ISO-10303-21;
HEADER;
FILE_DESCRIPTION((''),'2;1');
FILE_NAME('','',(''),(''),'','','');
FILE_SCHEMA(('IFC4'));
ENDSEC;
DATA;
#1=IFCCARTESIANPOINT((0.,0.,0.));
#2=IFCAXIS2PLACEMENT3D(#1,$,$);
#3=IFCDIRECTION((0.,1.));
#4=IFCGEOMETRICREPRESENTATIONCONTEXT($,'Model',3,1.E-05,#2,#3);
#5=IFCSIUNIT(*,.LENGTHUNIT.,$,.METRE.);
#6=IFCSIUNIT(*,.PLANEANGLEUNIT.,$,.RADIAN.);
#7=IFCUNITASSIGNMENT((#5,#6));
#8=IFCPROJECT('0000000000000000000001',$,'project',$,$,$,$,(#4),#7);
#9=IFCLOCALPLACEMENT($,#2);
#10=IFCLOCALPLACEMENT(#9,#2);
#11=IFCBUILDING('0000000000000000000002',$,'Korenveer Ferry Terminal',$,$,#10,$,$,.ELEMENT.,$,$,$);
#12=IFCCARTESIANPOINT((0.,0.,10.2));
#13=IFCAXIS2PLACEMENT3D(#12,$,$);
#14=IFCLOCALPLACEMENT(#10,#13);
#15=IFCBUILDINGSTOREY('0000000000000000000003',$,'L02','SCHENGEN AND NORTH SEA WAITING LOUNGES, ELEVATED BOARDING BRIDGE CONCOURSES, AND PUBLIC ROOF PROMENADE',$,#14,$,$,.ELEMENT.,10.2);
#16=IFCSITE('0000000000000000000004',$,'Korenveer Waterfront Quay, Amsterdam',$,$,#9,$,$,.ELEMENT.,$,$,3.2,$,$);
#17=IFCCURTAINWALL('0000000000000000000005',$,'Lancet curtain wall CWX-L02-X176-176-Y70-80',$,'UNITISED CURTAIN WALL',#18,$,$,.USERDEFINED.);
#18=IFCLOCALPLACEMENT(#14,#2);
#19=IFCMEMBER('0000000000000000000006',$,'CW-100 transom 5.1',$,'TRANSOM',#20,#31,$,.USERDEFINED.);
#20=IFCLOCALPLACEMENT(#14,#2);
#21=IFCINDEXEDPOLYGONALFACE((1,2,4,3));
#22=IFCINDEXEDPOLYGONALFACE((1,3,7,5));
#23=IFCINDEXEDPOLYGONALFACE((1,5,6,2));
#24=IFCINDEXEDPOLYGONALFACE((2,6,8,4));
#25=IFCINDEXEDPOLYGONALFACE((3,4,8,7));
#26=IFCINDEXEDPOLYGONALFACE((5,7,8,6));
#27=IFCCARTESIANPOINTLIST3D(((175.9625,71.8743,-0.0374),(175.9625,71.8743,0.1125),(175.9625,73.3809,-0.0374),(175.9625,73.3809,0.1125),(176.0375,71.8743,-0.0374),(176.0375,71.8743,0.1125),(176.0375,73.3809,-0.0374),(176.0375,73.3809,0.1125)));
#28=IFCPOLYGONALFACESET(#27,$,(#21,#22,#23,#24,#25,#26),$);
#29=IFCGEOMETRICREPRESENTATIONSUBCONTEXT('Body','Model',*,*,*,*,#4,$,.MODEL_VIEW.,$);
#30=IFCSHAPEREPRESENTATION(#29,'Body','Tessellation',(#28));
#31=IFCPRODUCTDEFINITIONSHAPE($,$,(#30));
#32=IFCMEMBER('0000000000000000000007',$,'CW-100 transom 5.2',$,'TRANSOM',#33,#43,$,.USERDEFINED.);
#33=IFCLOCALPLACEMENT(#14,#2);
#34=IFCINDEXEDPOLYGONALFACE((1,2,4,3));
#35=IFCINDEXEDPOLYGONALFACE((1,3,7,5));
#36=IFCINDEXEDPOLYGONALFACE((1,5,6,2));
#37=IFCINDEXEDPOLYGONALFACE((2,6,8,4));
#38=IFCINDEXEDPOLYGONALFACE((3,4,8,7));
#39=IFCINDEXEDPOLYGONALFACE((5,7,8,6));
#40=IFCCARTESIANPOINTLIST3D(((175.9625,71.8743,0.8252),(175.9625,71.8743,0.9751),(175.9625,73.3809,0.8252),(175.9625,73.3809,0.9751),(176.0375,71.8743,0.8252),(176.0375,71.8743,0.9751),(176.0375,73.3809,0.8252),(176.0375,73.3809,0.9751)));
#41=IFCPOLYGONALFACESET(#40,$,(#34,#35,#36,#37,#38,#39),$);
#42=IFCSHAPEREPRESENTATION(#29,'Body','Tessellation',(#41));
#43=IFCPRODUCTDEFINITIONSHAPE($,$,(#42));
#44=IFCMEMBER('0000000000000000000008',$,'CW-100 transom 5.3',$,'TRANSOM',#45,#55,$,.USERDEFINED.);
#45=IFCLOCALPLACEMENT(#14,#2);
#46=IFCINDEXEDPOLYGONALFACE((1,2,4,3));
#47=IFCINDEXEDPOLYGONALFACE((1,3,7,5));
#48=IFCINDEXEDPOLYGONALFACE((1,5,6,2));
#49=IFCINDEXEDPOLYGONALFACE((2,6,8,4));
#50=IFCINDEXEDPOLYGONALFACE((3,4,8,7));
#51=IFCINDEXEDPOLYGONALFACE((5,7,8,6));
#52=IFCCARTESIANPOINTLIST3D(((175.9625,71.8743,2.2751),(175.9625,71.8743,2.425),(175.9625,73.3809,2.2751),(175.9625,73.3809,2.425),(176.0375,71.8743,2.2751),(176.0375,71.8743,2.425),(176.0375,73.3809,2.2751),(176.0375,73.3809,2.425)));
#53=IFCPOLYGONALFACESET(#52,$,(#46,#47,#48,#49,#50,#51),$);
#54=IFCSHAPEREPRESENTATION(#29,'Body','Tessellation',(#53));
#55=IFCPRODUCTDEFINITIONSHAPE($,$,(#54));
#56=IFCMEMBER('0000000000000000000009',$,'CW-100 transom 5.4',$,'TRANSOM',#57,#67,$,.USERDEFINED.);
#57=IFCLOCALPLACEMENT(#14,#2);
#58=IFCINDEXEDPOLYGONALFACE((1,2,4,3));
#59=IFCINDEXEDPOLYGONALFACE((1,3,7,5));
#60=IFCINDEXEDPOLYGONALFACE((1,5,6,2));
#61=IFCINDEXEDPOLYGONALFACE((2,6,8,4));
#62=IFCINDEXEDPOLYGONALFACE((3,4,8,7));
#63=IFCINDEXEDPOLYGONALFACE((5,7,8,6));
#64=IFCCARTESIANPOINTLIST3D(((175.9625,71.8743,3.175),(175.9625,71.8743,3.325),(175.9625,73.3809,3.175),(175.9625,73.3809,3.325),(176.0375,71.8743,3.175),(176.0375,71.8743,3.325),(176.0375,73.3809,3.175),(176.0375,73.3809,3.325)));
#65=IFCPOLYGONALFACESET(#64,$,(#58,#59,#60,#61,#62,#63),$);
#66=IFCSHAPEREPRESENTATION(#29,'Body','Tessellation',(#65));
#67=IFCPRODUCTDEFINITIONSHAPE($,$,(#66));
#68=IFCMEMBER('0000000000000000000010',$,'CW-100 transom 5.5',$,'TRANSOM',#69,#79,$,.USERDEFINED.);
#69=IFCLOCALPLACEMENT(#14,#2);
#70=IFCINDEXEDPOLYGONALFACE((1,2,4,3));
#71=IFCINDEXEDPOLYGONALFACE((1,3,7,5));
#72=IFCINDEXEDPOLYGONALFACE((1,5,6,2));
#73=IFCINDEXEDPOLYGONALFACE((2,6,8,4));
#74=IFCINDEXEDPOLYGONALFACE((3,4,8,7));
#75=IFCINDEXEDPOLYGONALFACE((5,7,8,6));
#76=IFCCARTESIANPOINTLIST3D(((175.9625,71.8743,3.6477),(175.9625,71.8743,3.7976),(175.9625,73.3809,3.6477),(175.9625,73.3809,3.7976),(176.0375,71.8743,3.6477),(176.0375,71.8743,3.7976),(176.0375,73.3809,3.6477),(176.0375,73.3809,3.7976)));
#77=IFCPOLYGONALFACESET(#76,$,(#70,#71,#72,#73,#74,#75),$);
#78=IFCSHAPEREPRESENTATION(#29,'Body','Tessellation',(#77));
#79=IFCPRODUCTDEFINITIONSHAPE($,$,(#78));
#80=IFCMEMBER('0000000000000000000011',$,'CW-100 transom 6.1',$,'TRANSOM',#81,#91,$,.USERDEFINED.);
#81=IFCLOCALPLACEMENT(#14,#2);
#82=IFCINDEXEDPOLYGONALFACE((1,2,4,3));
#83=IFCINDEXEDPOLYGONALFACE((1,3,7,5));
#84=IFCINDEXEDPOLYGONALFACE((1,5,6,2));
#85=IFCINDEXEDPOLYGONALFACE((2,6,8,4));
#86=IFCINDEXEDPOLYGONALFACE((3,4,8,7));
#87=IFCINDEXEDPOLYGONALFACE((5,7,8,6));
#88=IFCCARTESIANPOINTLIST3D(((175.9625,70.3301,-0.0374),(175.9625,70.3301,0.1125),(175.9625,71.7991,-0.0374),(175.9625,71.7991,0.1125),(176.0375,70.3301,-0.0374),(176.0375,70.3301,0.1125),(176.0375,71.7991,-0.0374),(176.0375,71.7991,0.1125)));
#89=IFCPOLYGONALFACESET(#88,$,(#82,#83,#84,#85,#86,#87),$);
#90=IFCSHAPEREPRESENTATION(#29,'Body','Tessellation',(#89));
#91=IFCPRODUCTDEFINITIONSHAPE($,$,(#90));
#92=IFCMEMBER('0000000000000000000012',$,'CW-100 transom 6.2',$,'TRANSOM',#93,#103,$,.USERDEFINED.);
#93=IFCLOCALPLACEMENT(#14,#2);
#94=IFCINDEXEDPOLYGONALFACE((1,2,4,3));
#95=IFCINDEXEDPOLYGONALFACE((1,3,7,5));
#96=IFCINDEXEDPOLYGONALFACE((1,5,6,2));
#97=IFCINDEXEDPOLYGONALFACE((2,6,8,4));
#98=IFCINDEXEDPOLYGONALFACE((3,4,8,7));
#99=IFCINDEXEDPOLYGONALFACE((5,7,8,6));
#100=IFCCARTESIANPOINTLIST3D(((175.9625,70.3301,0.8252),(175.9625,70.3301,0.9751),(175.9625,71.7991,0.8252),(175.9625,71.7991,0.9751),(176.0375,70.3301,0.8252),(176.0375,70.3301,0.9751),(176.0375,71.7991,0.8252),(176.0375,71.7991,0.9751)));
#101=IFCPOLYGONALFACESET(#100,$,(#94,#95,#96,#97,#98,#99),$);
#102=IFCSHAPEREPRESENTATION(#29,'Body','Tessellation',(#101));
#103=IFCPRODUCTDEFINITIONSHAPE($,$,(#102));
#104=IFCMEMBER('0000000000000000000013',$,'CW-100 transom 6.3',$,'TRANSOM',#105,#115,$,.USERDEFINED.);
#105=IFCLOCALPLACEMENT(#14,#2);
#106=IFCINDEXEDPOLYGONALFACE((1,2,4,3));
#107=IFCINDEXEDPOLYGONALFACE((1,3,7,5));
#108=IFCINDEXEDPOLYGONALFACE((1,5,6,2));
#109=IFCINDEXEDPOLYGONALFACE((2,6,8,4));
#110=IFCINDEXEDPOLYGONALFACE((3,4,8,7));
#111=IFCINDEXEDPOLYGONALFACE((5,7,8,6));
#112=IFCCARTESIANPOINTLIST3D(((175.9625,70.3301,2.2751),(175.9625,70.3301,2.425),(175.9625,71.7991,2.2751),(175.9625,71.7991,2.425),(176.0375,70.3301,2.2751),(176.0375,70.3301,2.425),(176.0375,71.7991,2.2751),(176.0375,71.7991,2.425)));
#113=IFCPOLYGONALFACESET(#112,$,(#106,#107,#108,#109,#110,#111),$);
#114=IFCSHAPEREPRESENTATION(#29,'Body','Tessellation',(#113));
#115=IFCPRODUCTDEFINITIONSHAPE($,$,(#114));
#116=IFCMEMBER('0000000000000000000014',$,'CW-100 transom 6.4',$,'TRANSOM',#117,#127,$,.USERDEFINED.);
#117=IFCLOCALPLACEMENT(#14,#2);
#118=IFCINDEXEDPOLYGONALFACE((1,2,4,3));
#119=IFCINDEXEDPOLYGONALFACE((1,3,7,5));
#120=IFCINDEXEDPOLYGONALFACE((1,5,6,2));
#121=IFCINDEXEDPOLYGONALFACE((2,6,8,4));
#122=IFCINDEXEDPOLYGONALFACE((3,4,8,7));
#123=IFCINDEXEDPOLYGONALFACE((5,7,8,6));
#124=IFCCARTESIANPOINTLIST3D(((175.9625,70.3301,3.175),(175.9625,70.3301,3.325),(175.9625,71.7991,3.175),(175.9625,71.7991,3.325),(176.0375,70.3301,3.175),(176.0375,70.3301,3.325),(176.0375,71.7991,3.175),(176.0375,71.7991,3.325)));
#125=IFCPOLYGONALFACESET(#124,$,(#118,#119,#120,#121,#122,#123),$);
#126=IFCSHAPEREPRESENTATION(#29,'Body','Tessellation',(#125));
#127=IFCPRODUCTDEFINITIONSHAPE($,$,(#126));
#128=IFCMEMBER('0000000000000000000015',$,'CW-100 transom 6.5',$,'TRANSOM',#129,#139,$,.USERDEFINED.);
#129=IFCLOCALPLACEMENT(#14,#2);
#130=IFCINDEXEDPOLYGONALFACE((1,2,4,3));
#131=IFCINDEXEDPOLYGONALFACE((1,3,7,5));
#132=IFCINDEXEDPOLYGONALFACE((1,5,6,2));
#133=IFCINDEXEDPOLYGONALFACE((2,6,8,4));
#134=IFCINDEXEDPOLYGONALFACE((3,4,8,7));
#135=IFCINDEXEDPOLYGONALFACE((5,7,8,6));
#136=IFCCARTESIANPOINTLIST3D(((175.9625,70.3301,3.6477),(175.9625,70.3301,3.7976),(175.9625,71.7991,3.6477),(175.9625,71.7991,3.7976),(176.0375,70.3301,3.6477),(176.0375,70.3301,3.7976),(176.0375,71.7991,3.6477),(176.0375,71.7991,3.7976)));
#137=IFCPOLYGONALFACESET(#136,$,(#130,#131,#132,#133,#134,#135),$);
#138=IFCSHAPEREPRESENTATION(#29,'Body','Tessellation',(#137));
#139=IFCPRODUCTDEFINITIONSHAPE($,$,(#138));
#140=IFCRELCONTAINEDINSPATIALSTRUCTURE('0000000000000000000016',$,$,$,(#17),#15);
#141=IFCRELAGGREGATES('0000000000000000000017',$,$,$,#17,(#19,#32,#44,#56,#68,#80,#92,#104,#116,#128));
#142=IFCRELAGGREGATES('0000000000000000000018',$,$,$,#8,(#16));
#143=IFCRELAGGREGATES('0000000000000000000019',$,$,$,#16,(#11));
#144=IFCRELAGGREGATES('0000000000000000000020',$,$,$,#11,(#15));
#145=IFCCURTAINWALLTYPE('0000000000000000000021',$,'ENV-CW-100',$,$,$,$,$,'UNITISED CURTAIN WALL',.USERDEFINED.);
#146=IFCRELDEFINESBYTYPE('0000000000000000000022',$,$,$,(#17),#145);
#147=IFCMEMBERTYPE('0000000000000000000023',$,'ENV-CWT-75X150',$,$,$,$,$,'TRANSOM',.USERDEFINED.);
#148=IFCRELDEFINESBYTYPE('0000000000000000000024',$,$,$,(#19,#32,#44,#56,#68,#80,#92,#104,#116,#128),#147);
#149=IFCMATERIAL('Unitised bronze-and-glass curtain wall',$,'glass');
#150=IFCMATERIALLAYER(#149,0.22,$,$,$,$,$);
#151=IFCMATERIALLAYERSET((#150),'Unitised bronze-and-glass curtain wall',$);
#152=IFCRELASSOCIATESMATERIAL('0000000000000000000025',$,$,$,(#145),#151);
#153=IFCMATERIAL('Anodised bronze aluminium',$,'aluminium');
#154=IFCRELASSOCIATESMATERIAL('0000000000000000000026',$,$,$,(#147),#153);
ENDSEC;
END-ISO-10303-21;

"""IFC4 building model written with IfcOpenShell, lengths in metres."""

from ifc_helpers import new_model, si_unit, direction, frame, origin, origin_2d, place, context, subcontext, project, spatial, rectangle, extrude, material, layer, layer_set, material_profile, profile_set, type_object, element, aggregate, save


model = new_model("IFC4")

# Units and contexts
model_context = context("Model", 3, precision=1e-05, world=origin(), true_north=direction((0.0, 1.0)))
body_context = subcontext(model_context, "Body", "Model", "MODEL_VIEW")
ifc_project = project(units=[si_unit("LENGTHUNIT", "METRE"), si_unit("PLANEANGLEUNIT", "RADIAN")], contexts=[model_context])

# Site, building, storey
site_placement = place(None, origin())
site = spatial("IfcSite", under=ifc_project, at=site_placement, Name="Korenveer Waterfront Quay, Amsterdam", CompositionType="ELEMENT", RefElevation=3.2)
building_placement = place(site_placement, origin())
building = spatial("IfcBuilding", under=site, at=building_placement, Name="Korenveer Ferry Terminal", CompositionType="ELEMENT")
storey_placement = place(building_placement, frame((0.0, 0.0, 10.2)))
storey = spatial("IfcBuildingStorey", under=building, at=storey_placement, Name="L02", Description="SCHENGEN AND NORTH SEA WAITING LOUNGES, ELEVATED BOARDING BRIDGE CONCOURSES, AND PUBLIC ROOF PROMENADE", CompositionType="ELEMENT", Elevation=10.2)

# Shared definitions
ifc_material_1 = material(Name="Unitised bronze-and-glass curtain wall", Category="glass")
ifc_material_2 = material(Name="Anodised bronze aluminium", Category="aluminium")

# Curtain wall
ifc_layer_1 = layer(ifc_material_1, 0.22)
ifc_layer_set_1 = layer_set([ifc_layer_1], Name="Unitised bronze-and-glass curtain wall")
curtain_wall_type_1 = type_object("IfcCurtainWallType", Name="ENV-CW-100", ElementType="UNITISED CURTAIN WALL", PredefinedType="USERDEFINED", material=ifc_layer_set_1)
curtain_wall_1_placement = place(storey_placement, frame((176.0, 79.7451, 0.0)))
curtain_wall_1 = element("IfcCurtainWall", 1, at=curtain_wall_1_placement, inside=storey, type_object=curtain_wall_type_1, Name="Lancet curtain wall CWX-L02-X176-176-Y70-80", ObjectType="UNITISED CURTAIN WALL", PredefinedType="USERDEFINED")

# Members
ifc_material_profile_1 = material_profile(ifc_material_2, rectangle(XDim=0.075, YDim=0.1499, at=origin_2d()), Name="ALU 75x150")
ifc_profile_set_1 = profile_set([ifc_material_profile_1], Name="Anodised bronze aluminium")
member_type_1 = type_object("IfcMemberType", Name="ENV-CWT-75X150", ElementType="TRANSOM", PredefinedType="USERDEFINED", material=ifc_profile_set_1)
member_1_placement = place(storey_placement, frame((176.0, 73.3809, 0.0376), z_axis=(0.0, -1.0, 0.0), x_axis=(1.0, 0.0, 0.0)))
member_1 = element("IfcMember", 2, at=member_1_placement, type_object=member_type_1, Name="CW-100 transom 5.1", ObjectType="TRANSOM", PredefinedType="USERDEFINED", context=body_context, shape_type="SweptSolid", body=[
    extrude(rectangle(XDim=0.075, YDim=0.1499, at=origin_2d()), origin(), (0.0, 0.0, 1.0), 1.5066),
])
member_2_placement = place(storey_placement, frame((176.0, 73.3809, 0.9001), z_axis=(0.0, -1.0, 0.0), x_axis=(1.0, 0.0, 0.0)))
member_2 = element("IfcMember", 3, at=member_2_placement, type_object=member_type_1, Name="CW-100 transom 5.2", ObjectType="TRANSOM", PredefinedType="USERDEFINED", context=body_context, shape_type="SweptSolid", body=[
    extrude(rectangle(XDim=0.075, YDim=0.1499, at=origin_2d()), origin(), (0.0, 0.0, 1.0), 1.5066),
])
member_3_placement = place(storey_placement, frame((176.0, 73.3809, 2.3501), z_axis=(0.0, -1.0, 0.0), x_axis=(1.0, 0.0, 0.0)))
member_3 = element("IfcMember", 4, at=member_3_placement, type_object=member_type_1, Name="CW-100 transom 5.3", ObjectType="TRANSOM", PredefinedType="USERDEFINED", context=body_context, shape_type="SweptSolid", body=[
    extrude(rectangle(XDim=0.075, YDim=0.1499, at=origin_2d()), origin(), (0.0, 0.0, 1.0), 1.5066),
])
member_4_placement = place(storey_placement, frame((176.0, 73.3809, 3.25), z_axis=(0.0, -1.0, 0.0), x_axis=(1.0, 0.0, 0.0)))
member_4 = element("IfcMember", 5, at=member_4_placement, type_object=member_type_1, Name="CW-100 transom 5.4", ObjectType="TRANSOM", PredefinedType="USERDEFINED", context=body_context, shape_type="SweptSolid", body=[
    extrude(rectangle(XDim=0.075, YDim=0.1499, at=origin_2d()), origin(), (0.0, 0.0, 1.0), 1.5066),
])
member_5_placement = place(storey_placement, frame((176.0, 73.3809, 3.7227), z_axis=(0.0, -1.0, 0.0), x_axis=(1.0, 0.0, 0.0)))
member_5 = element("IfcMember", 6, at=member_5_placement, type_object=member_type_1, Name="CW-100 transom 5.5", ObjectType="TRANSOM", PredefinedType="USERDEFINED", context=body_context, shape_type="SweptSolid", body=[
    extrude(rectangle(XDim=0.075, YDim=0.1499, at=origin_2d()), origin(), (0.0, 0.0, 1.0), 1.5066),
])
member_6_placement = place(storey_placement, frame((176.0, 71.7991, 0.0376), z_axis=(0.0, -1.0, 0.0), x_axis=(1.0, 0.0, 0.0)))
member_6 = element("IfcMember", 7, at=member_6_placement, type_object=member_type_1, Name="CW-100 transom 6.1", ObjectType="TRANSOM", PredefinedType="USERDEFINED", context=body_context, shape_type="SweptSolid", body=[
    extrude(rectangle(XDim=0.075, YDim=0.1499, at=origin_2d()), origin(), (0.0, 0.0, 1.0), 1.469),
])
member_7_placement = place(storey_placement, frame((176.0, 71.7991, 0.9001), z_axis=(0.0, -1.0, 0.0), x_axis=(1.0, 0.0, 0.0)))
member_7 = element("IfcMember", 8, at=member_7_placement, type_object=member_type_1, Name="CW-100 transom 6.2", ObjectType="TRANSOM", PredefinedType="USERDEFINED", context=body_context, shape_type="SweptSolid", body=[
    extrude(rectangle(XDim=0.075, YDim=0.1499, at=origin_2d()), origin(), (0.0, 0.0, 1.0), 1.469),
])
member_8_placement = place(storey_placement, frame((176.0, 71.7991, 2.3501), z_axis=(0.0, -1.0, 0.0), x_axis=(1.0, 0.0, 0.0)))
member_8 = element("IfcMember", 9, at=member_8_placement, type_object=member_type_1, Name="CW-100 transom 6.3", ObjectType="TRANSOM", PredefinedType="USERDEFINED", context=body_context, shape_type="SweptSolid", body=[
    extrude(rectangle(XDim=0.075, YDim=0.1499, at=origin_2d()), origin(), (0.0, 0.0, 1.0), 1.469),
])
member_9_placement = place(storey_placement, frame((176.0, 71.7991, 3.25), z_axis=(0.0, -1.0, 0.0), x_axis=(1.0, 0.0, 0.0)))
member_9 = element("IfcMember", 10, at=member_9_placement, type_object=member_type_1, Name="CW-100 transom 6.4", ObjectType="TRANSOM", PredefinedType="USERDEFINED", context=body_context, shape_type="SweptSolid", body=[
    extrude(rectangle(XDim=0.075, YDim=0.1499, at=origin_2d()), origin(), (0.0, 0.0, 1.0), 1.469),
])
member_10_placement = place(storey_placement, frame((176.0, 71.7991, 3.7227), z_axis=(0.0, -1.0, 0.0), x_axis=(1.0, 0.0, 0.0)))
member_10 = element("IfcMember", 11, at=member_10_placement, type_object=member_type_1, Name="CW-100 transom 6.5", ObjectType="TRANSOM", PredefinedType="USERDEFINED", context=body_context, shape_type="SweptSolid", body=[
    extrude(rectangle(XDim=0.075, YDim=0.1499, at=origin_2d()), origin(), (0.0, 0.0, 1.0), 1.469),
])

aggregate(curtain_wall_1, [member_1, member_2, member_3, member_4, member_5, member_6, member_7, member_8, member_9, member_10])

save(model, "model.ifc")
